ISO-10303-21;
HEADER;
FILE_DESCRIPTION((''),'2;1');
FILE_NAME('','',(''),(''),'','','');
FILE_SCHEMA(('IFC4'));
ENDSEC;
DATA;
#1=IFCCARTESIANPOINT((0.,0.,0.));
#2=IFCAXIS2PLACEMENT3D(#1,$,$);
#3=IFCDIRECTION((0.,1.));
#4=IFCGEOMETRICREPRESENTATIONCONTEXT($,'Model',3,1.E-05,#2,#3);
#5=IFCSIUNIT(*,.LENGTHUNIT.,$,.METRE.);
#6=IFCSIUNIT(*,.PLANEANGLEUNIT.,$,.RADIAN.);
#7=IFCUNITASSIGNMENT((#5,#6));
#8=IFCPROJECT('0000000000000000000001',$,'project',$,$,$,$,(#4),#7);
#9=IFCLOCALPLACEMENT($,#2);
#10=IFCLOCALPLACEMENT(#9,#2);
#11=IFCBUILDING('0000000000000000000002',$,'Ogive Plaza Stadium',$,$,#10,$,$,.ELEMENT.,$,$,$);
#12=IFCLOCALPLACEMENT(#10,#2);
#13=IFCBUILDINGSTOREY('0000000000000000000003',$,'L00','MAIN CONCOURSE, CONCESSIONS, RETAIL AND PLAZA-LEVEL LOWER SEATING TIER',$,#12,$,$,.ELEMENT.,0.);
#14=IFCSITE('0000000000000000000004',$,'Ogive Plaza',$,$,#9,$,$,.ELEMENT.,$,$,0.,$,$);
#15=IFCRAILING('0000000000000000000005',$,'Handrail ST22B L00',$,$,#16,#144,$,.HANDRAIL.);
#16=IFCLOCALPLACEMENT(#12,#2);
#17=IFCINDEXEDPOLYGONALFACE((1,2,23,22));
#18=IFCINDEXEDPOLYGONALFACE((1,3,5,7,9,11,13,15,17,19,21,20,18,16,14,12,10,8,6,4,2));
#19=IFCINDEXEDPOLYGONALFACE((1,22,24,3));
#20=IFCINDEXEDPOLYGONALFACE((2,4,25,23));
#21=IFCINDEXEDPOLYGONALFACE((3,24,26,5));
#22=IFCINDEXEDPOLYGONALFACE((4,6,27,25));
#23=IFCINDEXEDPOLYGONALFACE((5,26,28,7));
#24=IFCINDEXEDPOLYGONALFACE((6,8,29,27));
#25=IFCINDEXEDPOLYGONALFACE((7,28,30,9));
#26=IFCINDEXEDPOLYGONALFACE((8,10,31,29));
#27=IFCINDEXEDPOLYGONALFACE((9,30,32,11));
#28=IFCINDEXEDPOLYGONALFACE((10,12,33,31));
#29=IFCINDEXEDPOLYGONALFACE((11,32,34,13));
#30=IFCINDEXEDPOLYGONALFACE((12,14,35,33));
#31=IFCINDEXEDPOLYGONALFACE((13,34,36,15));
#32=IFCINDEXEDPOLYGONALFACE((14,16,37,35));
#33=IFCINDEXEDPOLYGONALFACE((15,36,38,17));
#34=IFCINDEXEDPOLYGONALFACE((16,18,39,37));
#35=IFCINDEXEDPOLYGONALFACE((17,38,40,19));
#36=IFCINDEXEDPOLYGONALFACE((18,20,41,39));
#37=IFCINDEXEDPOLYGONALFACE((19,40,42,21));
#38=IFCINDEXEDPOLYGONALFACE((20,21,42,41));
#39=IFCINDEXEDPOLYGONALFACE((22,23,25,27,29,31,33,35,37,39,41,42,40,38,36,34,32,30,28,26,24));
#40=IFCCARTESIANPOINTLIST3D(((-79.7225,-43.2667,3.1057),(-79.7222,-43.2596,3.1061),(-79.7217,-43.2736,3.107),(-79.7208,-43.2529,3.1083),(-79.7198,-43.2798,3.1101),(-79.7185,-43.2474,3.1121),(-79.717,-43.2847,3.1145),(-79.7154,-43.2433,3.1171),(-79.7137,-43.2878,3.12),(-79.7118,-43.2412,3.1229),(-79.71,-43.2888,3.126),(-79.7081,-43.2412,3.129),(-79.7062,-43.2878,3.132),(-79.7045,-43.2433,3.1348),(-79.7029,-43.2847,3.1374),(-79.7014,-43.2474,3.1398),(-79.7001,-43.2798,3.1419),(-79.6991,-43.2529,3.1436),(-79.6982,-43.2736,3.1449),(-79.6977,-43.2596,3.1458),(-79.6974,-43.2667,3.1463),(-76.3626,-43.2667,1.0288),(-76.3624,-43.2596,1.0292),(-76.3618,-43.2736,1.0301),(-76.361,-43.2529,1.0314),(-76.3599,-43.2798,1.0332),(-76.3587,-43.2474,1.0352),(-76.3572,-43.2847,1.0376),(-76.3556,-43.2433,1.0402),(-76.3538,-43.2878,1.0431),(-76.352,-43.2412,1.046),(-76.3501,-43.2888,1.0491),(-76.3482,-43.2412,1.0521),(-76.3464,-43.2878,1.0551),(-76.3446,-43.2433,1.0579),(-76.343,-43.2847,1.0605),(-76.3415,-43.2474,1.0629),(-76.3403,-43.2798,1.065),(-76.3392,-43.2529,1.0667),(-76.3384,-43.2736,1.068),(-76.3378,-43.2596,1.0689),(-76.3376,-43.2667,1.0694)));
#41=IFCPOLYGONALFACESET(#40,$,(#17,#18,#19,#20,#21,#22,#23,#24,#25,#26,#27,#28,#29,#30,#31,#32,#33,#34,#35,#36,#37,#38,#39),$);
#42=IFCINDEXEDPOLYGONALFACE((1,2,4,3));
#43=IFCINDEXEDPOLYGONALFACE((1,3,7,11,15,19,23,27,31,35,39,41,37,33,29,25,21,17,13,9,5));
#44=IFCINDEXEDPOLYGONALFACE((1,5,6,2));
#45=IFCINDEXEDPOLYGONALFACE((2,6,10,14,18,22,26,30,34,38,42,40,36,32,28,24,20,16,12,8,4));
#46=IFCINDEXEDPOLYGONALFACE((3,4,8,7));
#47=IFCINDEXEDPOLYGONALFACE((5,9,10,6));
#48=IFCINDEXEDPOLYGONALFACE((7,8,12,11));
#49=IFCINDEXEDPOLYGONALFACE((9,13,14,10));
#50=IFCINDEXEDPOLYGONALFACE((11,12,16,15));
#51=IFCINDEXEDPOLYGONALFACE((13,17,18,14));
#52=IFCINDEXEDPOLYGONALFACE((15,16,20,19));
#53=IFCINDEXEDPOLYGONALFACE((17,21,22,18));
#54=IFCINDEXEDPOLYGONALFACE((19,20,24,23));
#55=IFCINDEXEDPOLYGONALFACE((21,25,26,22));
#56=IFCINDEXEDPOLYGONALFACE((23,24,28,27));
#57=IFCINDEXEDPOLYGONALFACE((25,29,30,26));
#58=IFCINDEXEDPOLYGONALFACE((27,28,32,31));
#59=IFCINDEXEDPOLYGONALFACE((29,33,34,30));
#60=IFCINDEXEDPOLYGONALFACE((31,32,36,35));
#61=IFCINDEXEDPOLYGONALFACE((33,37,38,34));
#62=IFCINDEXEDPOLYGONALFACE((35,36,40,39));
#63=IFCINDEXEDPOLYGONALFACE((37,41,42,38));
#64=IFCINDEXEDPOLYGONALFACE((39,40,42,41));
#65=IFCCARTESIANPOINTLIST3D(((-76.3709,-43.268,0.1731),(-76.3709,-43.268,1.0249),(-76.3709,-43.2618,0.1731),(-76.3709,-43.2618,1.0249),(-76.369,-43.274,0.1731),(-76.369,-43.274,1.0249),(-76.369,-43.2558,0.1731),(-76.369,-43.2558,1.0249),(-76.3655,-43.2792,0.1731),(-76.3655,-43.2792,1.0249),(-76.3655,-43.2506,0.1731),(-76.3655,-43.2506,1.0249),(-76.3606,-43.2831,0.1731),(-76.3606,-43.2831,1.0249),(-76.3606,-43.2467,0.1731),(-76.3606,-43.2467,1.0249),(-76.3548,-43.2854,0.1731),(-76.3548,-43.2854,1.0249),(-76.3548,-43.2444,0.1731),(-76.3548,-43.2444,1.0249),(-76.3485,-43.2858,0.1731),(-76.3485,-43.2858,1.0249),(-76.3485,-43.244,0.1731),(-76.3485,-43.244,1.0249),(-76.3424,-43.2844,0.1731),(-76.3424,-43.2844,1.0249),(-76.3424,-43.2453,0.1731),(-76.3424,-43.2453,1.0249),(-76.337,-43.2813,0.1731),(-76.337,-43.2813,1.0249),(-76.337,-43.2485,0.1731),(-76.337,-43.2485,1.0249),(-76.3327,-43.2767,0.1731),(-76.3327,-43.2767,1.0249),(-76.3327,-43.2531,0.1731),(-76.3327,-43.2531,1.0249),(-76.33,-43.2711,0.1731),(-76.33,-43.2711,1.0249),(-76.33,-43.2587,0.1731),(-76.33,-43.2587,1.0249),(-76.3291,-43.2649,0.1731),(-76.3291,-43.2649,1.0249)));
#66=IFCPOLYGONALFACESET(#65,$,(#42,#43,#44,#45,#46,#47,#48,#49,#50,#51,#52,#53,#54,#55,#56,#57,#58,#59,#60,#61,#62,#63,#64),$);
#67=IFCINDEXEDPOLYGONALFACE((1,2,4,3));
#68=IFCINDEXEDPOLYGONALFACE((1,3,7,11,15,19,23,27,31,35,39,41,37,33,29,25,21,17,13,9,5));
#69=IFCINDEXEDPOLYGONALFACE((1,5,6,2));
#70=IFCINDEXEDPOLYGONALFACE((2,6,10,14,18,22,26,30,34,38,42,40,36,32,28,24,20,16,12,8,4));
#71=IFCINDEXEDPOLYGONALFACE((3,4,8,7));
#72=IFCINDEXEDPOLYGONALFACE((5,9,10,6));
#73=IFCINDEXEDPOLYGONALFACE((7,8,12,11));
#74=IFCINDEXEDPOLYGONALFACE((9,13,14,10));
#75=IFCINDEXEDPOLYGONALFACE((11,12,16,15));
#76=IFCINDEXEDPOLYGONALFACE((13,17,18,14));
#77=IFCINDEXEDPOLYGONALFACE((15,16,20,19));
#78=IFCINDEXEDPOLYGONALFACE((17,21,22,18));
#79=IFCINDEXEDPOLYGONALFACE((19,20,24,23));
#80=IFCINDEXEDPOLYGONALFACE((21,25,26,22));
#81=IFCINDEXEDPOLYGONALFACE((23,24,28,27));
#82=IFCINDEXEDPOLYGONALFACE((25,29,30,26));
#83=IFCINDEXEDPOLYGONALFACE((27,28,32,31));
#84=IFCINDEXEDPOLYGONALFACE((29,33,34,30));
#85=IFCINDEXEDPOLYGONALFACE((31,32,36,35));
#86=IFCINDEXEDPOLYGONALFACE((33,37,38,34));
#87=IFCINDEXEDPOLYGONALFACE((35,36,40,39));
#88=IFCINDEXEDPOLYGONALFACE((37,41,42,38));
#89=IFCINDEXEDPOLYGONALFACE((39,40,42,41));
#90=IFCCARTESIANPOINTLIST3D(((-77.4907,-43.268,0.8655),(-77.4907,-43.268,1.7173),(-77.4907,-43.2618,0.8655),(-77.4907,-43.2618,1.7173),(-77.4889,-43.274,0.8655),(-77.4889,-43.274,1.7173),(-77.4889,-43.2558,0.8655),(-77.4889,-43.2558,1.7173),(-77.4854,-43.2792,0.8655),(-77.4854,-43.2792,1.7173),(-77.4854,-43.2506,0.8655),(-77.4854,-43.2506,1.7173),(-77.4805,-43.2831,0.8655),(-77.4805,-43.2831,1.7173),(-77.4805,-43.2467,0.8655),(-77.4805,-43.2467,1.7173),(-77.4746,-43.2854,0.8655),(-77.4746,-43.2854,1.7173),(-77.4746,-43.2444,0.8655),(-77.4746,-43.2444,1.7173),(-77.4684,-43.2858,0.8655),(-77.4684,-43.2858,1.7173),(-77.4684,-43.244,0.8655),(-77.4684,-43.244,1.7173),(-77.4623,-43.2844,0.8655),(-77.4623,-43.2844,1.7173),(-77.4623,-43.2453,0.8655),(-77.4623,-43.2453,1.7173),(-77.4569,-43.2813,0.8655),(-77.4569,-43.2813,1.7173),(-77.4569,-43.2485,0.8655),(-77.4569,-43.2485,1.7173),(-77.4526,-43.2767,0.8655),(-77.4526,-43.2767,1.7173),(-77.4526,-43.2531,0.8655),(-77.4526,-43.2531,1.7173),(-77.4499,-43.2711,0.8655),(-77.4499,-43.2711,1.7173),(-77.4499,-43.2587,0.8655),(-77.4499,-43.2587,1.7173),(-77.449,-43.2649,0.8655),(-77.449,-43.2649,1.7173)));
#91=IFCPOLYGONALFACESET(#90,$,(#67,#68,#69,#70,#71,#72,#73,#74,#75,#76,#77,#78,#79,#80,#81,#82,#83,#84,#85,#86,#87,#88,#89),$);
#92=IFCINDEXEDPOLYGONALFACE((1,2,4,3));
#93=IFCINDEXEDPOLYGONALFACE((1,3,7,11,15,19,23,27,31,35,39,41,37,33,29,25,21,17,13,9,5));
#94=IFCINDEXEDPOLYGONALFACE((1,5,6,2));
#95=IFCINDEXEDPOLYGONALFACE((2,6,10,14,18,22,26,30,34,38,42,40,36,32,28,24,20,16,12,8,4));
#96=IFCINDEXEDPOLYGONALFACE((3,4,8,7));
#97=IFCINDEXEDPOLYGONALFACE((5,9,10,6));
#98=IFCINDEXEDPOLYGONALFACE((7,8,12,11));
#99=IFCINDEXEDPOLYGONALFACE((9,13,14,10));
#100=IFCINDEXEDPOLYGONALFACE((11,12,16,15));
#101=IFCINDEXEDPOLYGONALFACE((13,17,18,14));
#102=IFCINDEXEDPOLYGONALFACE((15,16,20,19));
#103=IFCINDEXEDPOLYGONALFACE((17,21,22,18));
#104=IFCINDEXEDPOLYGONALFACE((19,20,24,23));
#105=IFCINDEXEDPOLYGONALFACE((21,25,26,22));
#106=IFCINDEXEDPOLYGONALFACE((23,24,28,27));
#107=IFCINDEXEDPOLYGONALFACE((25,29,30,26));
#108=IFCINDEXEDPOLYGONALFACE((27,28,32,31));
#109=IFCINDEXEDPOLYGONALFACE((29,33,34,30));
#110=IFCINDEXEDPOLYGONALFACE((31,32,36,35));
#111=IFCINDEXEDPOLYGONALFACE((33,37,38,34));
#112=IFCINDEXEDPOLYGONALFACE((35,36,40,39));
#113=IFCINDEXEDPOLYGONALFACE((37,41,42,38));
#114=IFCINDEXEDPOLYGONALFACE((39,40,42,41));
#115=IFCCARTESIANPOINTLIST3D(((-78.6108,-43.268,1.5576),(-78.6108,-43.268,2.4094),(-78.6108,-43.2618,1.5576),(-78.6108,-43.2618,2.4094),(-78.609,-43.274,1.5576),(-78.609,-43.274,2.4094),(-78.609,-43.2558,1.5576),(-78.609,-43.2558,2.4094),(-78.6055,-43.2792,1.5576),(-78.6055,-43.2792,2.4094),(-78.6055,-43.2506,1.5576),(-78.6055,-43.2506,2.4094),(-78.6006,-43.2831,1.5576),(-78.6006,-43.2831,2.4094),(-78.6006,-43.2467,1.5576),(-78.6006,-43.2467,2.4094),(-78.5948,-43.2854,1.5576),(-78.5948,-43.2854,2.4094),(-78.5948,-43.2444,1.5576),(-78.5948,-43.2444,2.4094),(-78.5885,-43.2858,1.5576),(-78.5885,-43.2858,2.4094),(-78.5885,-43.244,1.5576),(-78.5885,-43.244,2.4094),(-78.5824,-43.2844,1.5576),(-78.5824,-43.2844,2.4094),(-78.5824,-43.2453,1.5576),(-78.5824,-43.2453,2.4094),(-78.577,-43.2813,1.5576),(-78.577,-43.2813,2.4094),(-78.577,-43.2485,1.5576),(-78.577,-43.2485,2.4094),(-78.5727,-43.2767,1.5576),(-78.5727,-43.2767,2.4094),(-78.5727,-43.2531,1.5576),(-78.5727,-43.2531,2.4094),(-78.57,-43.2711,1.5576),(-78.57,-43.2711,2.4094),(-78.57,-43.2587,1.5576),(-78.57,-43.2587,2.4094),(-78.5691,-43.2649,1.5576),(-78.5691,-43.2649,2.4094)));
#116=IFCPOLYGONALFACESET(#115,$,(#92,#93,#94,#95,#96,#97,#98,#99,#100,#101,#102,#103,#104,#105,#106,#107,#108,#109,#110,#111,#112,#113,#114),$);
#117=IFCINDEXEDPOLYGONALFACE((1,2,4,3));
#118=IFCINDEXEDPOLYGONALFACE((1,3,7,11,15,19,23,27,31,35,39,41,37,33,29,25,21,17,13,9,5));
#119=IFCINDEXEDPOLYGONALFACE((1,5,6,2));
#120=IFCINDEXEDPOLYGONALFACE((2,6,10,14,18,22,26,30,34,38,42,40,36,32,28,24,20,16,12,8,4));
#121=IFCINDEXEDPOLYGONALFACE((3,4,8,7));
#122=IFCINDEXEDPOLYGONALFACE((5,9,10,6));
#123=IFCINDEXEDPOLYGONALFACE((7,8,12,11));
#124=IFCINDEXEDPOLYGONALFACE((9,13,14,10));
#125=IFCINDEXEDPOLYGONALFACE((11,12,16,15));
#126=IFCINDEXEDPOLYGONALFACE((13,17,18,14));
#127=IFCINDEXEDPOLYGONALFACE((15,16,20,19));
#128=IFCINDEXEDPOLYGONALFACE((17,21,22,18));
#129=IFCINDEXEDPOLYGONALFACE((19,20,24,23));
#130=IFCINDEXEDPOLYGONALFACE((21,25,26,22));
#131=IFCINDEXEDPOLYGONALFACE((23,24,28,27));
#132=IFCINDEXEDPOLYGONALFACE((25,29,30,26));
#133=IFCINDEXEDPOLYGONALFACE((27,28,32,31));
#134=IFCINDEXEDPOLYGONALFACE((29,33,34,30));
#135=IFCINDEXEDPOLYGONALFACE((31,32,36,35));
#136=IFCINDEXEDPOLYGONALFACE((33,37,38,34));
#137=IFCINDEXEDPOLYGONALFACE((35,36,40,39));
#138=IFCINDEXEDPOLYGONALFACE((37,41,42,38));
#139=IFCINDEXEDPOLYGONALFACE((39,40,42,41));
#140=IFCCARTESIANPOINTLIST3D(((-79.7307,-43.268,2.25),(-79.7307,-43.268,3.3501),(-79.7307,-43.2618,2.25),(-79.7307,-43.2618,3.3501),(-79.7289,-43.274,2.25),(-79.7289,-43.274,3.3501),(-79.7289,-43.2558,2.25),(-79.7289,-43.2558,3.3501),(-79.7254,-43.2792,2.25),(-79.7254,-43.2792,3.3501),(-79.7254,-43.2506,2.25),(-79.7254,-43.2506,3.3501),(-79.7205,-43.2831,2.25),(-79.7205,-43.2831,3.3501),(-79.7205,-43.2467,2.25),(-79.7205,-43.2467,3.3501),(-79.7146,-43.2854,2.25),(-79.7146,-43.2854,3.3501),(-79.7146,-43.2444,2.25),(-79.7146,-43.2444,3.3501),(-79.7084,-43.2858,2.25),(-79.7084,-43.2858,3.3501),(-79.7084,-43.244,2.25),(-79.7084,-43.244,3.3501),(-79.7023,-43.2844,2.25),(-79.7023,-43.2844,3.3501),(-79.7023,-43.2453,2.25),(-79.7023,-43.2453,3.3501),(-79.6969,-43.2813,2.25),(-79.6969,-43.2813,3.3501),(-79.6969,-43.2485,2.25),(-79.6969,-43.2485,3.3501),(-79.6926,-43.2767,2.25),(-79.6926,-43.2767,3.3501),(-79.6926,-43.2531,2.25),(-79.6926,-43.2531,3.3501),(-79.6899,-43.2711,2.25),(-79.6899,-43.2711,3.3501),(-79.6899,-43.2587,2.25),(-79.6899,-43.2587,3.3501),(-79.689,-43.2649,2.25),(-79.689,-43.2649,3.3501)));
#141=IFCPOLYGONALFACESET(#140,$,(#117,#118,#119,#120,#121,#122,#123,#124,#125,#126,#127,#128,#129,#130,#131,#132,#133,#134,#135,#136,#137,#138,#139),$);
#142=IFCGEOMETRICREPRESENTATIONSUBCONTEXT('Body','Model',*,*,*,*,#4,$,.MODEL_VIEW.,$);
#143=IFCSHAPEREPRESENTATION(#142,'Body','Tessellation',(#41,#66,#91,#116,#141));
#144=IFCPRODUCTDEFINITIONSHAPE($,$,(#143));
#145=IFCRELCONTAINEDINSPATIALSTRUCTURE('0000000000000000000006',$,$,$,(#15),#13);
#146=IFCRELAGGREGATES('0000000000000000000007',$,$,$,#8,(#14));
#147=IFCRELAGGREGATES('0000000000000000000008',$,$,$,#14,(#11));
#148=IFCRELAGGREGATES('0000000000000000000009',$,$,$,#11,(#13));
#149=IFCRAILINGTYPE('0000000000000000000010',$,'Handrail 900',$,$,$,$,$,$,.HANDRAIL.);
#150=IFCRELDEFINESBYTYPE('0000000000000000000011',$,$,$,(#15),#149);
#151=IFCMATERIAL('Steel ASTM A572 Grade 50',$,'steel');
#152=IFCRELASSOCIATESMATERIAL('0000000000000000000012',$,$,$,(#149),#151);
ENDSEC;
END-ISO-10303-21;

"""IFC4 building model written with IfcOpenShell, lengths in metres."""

from ifc_helpers import new_model, si_unit, direction, frame, origin, origin_2d, place, context, subcontext, project, spatial, circle, extrude, material, type_object, element, save


model = new_model("IFC4")

# Units and contexts
model_context = context("Model", 3, precision=1e-05, world=origin(), true_north=direction((0.0, 1.0)))
body_context = subcontext(model_context, "Body", "Model", "MODEL_VIEW")
ifc_project = project(units=[si_unit("LENGTHUNIT", "METRE"), si_unit("PLANEANGLEUNIT", "RADIAN")], contexts=[model_context])

# Site, building, storey
site_placement = place(None, origin())
site = spatial("IfcSite", under=ifc_project, at=site_placement, Name="Ogive Plaza", CompositionType="ELEMENT", RefElevation=0.0)
building_placement = place(site_placement, origin())
building = spatial("IfcBuilding", under=site, at=building_placement, Name="Ogive Plaza Stadium", CompositionType="ELEMENT")
storey_placement = place(building_placement, origin())
storey = spatial("IfcBuildingStorey", under=building, at=storey_placement, Name="L00", Description="MAIN CONCOURSE, CONCESSIONS, RETAIL AND PLAZA-LEVEL LOWER SEATING TIER", CompositionType="ELEMENT", Elevation=0.0)

# Railing
ifc_material_1 = material(Name="Steel ASTM A572 Grade 50", Category="steel")
railing_type_1 = type_object("IfcRailingType", Name="Handrail 900", PredefinedType="HANDRAIL", material=ifc_material_1)
for number, where, name in (
    (1, (-76.3501, -43.2649, 0.1731), "Handrail ST22B L00"),
):
    element("IfcRailing", number, at=place(storey_placement, frame(where)), inside=storey, type_object=railing_type_1, Name=name, PredefinedType="HANDRAIL", context=body_context, shape_type="SweptSolid", body=[
        extrude(circle(Radius=0.0239, at=origin_2d()), frame((0.0, 0.0, 0.876), z_axis=(-0.850606, 0.0, 0.525803), x_axis=(0.0, -1.0, 0.0)), (0.0, 0.0, 1.0), 3.95),
        extrude(circle(Radius=0.021, at=origin_2d()), origin(), (0.0, 0.0, 1.0), 0.8518),
        extrude(circle(Radius=0.021, at=origin_2d()), frame((-1.1199, 0.0, 0.6924)), (0.0, 0.0, 1.0), 0.8518),
        extrude(circle(Radius=0.021, at=origin_2d()), frame((-2.24, 0.0, 1.3845)), (0.0, 0.0, 1.0), 0.8518),
        extrude(circle(Radius=0.021, at=origin_2d()), frame((-3.3599, 0.0, 2.0769)), (0.0, 0.0, 1.0), 1.1001),
    ])

save(model, "model.ifc")
